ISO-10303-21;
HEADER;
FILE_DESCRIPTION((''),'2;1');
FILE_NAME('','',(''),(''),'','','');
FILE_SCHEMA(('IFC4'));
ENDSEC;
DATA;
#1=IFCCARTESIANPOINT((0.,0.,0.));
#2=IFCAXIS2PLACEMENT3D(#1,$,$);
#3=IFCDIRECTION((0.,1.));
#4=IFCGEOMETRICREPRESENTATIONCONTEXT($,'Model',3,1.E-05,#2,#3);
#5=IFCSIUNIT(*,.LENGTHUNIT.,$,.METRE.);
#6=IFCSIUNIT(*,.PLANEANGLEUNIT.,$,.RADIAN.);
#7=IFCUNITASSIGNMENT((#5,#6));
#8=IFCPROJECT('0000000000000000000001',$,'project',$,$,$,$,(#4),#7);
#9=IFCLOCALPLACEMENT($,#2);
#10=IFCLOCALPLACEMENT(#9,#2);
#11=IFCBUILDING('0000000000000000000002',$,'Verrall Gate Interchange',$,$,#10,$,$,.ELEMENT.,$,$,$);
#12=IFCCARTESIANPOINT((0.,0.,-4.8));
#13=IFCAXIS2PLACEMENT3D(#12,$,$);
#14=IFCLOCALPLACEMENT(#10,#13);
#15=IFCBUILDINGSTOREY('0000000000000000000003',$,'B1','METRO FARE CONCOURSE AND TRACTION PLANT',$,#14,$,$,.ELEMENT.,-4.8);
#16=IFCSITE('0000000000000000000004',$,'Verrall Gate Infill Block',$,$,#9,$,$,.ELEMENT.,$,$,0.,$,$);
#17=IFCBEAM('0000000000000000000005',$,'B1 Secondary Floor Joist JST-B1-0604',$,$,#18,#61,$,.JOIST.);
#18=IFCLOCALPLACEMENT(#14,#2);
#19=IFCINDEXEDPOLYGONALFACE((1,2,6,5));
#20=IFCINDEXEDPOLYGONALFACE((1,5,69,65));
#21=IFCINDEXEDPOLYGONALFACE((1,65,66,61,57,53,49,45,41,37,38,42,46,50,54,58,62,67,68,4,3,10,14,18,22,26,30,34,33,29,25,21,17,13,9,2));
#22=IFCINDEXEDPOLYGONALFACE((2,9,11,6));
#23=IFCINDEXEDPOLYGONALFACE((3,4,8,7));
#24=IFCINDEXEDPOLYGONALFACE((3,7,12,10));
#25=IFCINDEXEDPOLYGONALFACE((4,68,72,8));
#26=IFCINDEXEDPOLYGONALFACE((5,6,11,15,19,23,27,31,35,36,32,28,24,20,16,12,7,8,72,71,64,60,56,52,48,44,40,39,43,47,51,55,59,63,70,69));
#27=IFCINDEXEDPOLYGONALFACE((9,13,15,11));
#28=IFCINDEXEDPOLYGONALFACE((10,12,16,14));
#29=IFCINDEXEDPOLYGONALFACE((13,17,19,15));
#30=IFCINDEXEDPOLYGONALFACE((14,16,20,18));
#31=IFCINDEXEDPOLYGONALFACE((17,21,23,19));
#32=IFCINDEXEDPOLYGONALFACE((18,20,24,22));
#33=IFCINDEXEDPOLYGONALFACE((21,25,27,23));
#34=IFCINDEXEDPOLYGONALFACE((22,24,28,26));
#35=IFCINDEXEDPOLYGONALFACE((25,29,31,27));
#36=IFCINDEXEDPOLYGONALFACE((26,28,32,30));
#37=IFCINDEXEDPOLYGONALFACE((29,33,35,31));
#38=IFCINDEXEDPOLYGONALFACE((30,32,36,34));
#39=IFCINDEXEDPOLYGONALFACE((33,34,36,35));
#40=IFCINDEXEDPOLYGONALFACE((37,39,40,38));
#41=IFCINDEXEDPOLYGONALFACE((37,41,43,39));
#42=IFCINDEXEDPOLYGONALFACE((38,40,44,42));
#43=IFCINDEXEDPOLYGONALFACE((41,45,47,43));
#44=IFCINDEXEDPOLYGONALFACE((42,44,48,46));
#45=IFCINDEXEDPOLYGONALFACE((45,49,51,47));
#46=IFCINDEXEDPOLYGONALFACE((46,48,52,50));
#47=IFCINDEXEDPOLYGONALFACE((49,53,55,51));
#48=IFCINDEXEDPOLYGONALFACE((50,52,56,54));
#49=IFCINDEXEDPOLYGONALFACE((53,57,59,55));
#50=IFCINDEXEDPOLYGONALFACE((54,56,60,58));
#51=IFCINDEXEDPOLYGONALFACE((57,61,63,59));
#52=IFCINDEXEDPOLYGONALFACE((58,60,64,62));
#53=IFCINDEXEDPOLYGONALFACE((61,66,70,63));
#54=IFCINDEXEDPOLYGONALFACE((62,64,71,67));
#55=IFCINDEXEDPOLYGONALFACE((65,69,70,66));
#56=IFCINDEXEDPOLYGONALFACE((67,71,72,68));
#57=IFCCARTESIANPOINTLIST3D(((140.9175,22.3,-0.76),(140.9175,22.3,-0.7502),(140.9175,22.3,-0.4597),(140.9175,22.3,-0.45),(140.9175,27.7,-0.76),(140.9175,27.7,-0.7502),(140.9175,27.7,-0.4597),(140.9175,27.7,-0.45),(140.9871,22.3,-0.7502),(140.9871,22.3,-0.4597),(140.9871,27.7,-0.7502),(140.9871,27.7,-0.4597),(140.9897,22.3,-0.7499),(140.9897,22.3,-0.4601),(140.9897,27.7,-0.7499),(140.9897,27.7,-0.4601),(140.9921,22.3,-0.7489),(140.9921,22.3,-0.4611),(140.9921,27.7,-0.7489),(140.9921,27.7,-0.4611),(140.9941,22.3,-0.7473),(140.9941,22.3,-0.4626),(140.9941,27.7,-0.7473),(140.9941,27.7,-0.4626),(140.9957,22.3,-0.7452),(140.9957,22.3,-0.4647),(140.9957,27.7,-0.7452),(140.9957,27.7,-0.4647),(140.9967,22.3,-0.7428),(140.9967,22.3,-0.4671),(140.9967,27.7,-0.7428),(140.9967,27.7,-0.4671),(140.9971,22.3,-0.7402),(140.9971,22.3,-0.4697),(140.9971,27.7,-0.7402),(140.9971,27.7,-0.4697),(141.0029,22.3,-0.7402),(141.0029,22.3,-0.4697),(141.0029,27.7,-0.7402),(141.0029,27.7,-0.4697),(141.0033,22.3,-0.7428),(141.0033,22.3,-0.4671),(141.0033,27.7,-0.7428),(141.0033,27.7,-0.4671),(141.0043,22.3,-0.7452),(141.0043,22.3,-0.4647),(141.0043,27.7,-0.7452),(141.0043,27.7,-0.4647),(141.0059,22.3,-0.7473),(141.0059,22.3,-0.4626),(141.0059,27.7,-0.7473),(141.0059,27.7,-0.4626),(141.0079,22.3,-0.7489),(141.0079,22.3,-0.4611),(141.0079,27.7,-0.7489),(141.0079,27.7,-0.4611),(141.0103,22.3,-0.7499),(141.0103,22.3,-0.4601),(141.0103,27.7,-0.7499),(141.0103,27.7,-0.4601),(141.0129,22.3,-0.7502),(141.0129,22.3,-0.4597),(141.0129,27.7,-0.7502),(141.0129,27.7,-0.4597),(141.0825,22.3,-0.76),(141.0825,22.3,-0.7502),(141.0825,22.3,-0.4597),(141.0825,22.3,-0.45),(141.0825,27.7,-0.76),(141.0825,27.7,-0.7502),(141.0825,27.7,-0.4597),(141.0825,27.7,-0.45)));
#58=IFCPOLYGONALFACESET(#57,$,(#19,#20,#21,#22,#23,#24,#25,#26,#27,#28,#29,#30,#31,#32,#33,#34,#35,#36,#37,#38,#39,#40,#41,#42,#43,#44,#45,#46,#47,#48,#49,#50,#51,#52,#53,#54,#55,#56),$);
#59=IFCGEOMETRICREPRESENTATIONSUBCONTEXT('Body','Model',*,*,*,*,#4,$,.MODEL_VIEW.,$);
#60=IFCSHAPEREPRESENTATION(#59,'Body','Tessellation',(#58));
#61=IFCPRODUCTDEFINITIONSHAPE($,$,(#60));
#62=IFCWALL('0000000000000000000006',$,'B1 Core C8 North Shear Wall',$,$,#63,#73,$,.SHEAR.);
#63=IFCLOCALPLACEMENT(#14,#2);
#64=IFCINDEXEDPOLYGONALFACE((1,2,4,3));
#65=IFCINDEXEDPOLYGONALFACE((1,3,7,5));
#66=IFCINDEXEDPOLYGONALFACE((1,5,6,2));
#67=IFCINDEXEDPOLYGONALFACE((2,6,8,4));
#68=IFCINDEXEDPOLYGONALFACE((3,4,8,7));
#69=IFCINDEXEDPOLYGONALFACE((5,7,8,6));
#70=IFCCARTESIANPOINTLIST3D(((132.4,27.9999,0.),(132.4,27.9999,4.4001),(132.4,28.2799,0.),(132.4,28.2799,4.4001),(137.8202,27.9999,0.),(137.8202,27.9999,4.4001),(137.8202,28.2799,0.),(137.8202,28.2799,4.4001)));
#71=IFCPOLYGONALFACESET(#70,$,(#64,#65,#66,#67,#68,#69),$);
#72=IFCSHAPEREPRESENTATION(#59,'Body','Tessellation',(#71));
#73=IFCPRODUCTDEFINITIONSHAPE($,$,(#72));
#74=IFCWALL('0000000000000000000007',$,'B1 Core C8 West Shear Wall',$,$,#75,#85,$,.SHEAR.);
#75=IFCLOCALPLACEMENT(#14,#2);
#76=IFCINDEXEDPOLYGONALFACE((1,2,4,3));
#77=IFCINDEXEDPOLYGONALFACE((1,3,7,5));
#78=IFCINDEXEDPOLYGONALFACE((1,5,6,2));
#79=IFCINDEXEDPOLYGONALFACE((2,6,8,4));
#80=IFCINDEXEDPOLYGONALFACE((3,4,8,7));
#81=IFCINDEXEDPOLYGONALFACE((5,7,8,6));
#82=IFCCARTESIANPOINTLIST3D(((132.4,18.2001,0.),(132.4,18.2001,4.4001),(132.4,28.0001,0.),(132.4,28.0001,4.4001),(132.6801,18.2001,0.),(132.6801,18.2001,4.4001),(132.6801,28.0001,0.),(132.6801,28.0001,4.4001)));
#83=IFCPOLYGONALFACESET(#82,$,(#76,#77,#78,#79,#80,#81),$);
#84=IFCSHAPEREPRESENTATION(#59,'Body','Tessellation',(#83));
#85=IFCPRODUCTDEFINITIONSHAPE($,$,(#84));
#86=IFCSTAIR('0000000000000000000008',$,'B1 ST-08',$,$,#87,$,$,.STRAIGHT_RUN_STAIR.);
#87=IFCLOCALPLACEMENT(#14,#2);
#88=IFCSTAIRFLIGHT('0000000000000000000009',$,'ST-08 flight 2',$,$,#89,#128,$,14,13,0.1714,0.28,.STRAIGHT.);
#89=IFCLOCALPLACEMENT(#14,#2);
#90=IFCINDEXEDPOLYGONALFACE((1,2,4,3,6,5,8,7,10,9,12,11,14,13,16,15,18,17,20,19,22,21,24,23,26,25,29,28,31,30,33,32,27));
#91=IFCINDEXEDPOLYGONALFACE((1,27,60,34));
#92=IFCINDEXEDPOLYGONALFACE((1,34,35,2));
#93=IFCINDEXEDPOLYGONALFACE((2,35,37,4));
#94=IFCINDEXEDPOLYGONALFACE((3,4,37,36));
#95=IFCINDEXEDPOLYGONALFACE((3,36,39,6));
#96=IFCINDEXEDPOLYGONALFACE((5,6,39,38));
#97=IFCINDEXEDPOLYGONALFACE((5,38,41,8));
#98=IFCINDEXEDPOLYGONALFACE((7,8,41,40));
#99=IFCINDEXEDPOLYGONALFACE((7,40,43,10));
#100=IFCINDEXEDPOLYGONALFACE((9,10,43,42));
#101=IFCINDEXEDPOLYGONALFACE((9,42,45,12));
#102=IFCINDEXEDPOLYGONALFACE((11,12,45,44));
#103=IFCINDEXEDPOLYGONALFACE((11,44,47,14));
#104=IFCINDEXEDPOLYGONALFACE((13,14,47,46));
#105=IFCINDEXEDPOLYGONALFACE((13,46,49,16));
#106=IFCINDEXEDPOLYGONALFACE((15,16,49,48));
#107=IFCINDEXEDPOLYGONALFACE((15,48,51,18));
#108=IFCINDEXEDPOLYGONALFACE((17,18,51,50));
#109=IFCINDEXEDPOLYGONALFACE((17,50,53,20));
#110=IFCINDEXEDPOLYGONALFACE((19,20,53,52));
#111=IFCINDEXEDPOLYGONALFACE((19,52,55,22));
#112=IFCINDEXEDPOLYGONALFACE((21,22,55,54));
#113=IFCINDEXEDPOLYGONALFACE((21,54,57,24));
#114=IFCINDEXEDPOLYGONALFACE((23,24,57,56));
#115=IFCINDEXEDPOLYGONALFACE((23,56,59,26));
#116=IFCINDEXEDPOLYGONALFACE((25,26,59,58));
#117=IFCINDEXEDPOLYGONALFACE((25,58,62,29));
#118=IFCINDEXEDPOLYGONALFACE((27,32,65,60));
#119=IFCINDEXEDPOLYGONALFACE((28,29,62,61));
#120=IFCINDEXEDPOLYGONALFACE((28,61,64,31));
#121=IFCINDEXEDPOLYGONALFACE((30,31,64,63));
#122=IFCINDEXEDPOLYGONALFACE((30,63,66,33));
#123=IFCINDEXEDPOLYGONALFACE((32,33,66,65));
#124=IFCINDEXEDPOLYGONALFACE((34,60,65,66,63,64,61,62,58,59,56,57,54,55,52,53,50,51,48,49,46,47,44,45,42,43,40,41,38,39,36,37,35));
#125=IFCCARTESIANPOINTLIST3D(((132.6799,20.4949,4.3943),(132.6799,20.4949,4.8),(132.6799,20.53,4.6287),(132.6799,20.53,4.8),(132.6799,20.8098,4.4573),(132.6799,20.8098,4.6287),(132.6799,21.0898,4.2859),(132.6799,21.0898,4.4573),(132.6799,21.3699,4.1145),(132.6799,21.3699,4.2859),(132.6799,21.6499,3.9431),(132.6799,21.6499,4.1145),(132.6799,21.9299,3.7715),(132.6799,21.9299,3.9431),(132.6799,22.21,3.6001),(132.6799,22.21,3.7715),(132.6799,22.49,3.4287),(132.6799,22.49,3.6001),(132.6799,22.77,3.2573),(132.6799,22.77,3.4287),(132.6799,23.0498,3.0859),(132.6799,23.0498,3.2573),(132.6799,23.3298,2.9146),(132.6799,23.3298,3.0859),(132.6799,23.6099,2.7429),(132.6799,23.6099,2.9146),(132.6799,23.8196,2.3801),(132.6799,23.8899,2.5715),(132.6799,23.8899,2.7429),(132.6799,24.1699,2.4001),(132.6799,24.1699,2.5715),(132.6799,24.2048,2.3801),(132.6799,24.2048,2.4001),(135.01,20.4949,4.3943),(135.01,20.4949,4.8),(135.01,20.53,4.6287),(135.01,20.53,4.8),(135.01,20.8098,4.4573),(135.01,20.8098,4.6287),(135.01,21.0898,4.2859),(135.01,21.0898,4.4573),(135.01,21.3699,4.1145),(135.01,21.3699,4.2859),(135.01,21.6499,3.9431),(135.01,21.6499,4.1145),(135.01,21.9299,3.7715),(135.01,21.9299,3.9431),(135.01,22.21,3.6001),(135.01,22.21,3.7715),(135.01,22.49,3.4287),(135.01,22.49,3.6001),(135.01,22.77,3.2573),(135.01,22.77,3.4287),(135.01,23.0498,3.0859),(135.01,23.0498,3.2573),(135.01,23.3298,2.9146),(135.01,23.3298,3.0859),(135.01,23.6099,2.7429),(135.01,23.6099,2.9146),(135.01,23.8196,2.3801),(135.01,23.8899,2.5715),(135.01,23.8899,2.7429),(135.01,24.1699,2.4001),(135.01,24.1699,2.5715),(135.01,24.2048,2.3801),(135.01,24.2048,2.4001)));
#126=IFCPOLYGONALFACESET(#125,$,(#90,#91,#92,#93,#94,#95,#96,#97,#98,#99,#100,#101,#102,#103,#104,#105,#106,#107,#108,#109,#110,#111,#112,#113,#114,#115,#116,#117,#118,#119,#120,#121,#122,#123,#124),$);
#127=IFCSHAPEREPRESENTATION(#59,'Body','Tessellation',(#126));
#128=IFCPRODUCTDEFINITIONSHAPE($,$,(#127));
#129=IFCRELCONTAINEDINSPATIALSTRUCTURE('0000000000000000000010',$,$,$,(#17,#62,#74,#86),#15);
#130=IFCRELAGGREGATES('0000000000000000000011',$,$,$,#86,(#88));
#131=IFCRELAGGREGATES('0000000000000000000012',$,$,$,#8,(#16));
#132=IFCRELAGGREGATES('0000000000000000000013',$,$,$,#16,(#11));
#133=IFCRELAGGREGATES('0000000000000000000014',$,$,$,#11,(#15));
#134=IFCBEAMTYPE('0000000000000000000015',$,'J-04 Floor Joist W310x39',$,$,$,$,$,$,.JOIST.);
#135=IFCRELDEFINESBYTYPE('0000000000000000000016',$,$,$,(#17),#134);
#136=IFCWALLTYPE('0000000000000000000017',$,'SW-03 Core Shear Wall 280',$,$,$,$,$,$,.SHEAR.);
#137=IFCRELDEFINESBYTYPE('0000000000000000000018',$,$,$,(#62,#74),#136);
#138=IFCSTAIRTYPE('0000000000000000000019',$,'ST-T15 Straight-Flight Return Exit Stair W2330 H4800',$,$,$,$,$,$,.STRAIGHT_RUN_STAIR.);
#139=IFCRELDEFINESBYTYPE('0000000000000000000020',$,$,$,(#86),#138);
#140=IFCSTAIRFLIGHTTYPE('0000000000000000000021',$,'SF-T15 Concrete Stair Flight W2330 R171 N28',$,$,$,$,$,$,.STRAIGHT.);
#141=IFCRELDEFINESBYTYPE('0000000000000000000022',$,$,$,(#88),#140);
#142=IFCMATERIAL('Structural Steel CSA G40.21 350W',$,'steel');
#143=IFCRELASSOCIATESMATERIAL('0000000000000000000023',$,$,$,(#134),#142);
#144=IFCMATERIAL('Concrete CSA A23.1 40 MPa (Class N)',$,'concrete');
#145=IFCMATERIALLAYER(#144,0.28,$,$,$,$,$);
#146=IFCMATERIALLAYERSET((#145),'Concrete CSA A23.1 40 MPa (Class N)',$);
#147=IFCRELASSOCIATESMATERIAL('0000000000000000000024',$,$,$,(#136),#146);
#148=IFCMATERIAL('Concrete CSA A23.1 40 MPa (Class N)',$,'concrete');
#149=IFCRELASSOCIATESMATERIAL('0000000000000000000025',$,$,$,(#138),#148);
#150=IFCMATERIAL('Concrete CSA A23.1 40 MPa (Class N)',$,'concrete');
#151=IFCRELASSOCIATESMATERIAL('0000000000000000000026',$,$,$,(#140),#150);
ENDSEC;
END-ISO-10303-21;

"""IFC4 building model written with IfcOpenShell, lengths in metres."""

from ifc_helpers import new_model, si_unit, direction, frame, frame_2d, origin, origin_2d, place, context, subcontext, project, spatial, polyline, rectangle, i_section, outline, extrude, material, layer, layer_set, material_profile, profile_set, type_object, element, aggregate, save


model = new_model("IFC4")

# Units and contexts
model_context = context("Model", 3, precision=1e-05, world=origin(), true_north=direction((0.0, 1.0)))
body_context = subcontext(model_context, "Body", "Model", "MODEL_VIEW")
ifc_project = project(units=[si_unit("LENGTHUNIT", "METRE"), si_unit("PLANEANGLEUNIT", "RADIAN")], contexts=[model_context])

# Site, building, storey
site_placement = place(None, origin())
site = spatial("IfcSite", under=ifc_project, at=site_placement, Name="Verrall Gate Infill Block", CompositionType="ELEMENT", RefElevation=0.0)
building_placement = place(site_placement, origin())
building = spatial("IfcBuilding", under=site, at=building_placement, Name="Verrall Gate Interchange", CompositionType="ELEMENT")
storey_placement = place(building_placement, frame((0.0, 0.0, -4.8)))
storey = spatial("IfcBuildingStorey", under=building, at=storey_placement, Name="B1", Description="METRO FARE CONCOURSE AND TRACTION PLANT", CompositionType="ELEMENT", Elevation=-4.8)

# Beam
ifc_material_1 = material(Name="Structural Steel CSA G40.21 350W", Category="steel")
ifc_material_profile_1 = material_profile(ifc_material_1, i_section(OverallWidth=0.165, OverallDepth=0.3101, WebThickness=0.0059, FlangeThickness=0.0098, FilletRadius=0.01, at=origin_2d()), Name="W310x39")
ifc_profile_set_1 = profile_set([ifc_material_profile_1], Name="Structural Steel CSA G40.21 350W")
beam_type_1 = type_object("IfcBeamType", Name="J-04 Floor Joist W310x39", PredefinedType="JOIST", material=ifc_profile_set_1)
beam_1_placement = place(storey_placement, frame((141.0, 22.3, -0.605), z_axis=(0.0, 1.0, 0.0), x_axis=(-1.0, 0.0, 0.0)))
element("IfcBeam", 1, at=beam_1_placement, inside=storey, type_object=beam_type_1, Name="B1 Secondary Floor Joist JST-B1-0604", PredefinedType="JOIST", context=body_context, shape_type="SweptSolid", body=[
    extrude(i_section(OverallWidth=0.165, OverallDepth=0.3101, WebThickness=0.0059, FlangeThickness=0.0098, FilletRadius=0.01, at=origin_2d()), origin(), (0.0, 0.0, 1.0), 5.3999),
])

# Walls
ifc_material_2 = material(Name="Concrete CSA A23.1 40 MPa (Class N)", Category="concrete")
ifc_layer_1 = layer(ifc_material_2, 0.28)
ifc_layer_set_1 = layer_set([ifc_layer_1], Name="Concrete CSA A23.1 40 MPa (Class N)")
wall_type_1 = type_object("IfcWallType", Name="SW-03 Core Shear Wall 280", PredefinedType="SHEAR", material=ifc_layer_set_1)
wall_1_placement = place(storey_placement, frame((137.8201, 28.1399, 0.0), z_axis=(0.0, 0.0, 1.0), x_axis=(-1.0, 0.0, 0.0)))
element("IfcWall", 2, at=wall_1_placement, inside=storey, type_object=wall_type_1, Name="B1 Core C8 North Shear Wall", PredefinedType="SHEAR", context=body_context, shape_type="SweptSolid", body=[
    extrude(rectangle(XDim=5.4202, YDim=0.28, at=frame_2d((2.71, 0.0))), origin(), (0.0, 0.0, 1.0), 4.4001),
])
wall_2_placement = place(storey_placement, frame((132.54, 28.0, 0.0), z_axis=(0.0, 0.0, 1.0), x_axis=(0.0, -1.0, 0.0)))
element("IfcWall", 3, at=wall_2_placement, inside=storey, type_object=wall_type_1, Name="B1 Core C8 West Shear Wall", PredefinedType="SHEAR", context=body_context, shape_type="SweptSolid", body=[
    extrude(rectangle(XDim=9.8, YDim=0.28, at=frame_2d((4.8999, 0.0))), origin(), (0.0, 0.0, 1.0), 4.4001),
])

# Stair, stair flight
ifc_material_3 = material(Name="Concrete CSA A23.1 40 MPa (Class N)", Category="concrete")
stair_type = type_object("IfcStairType", Name="ST-T15 Straight-Flight Return Exit Stair W2330 H4800", PredefinedType="STRAIGHT_RUN_STAIR", material=ifc_material_3)
stair_placement = place(storey_placement, origin())
stair = element("IfcStair", 4, at=stair_placement, inside=storey, type_object=stair_type, Name="B1 ST-08", PredefinedType="STRAIGHT_RUN_STAIR")
ifc_material_4 = material(Name="Concrete CSA A23.1 40 MPa (Class N)", Category="concrete")
stair_flight_type = type_object("IfcStairFlightType", Name="SF-T15 Concrete Stair Flight W2330 R171 N28", PredefinedType="STRAIGHT", material=ifc_material_4)
stair_flight_placement = place(storey_placement, frame((133.845, 24.1699, 2.4001), z_axis=(0.0, 0.0, 1.0), x_axis=(0.0, -1.0, 0.0)))
stair_flight = element("IfcStairFlight", 5, at=stair_flight_placement, type_object=stair_flight_type, Name="ST-08 flight 2", NumberOfRisers=14, NumberOfTreads=13, PredefinedType="STRAIGHT", RiserHeight=0.1714, TreadLength=0.28, context=body_context, shape_type="SweptSolid", body=[
    extrude(outline(polyline([(-0.0349, -0.02), (-0.0349, 0.0), (0.0, 0.0), (0.0, 0.1714), (0.28, 0.1714), (0.28, 0.3428), (0.5601, 0.3428), (0.5601, 0.5144), (0.8401, 0.5144), (0.8401, 0.6858), (1.1201, 0.6858), (1.1201, 0.8572), (1.3999, 0.8572), (1.3999, 1.0286), (1.6799, 1.0286), (1.6799, 1.2), (1.96, 1.2), (1.96, 1.3713), (2.24, 1.3713), (2.24, 1.543), (2.52, 1.543), (2.52, 1.7144), (2.8, 1.7144), (2.8, 1.8857), (3.0801, 1.8857), (3.0801, 2.0571), (3.3601, 2.0571), (3.3601, 2.2285), (3.6399, 2.2285), (3.6399, 2.3999), (3.675, 2.3999), (3.675, 1.9941), (0.3503, -0.02), (-0.0349, -0.02)])), frame((0.0, 1.165, 0.0), z_axis=(0.0, -1.0, 0.0), x_axis=(1.0, 0.0, 0.0)), (0.0, 0.0, 1.0), 2.3301),
])
aggregate(stair, [stair_flight])

save(model, "model.ifc")
